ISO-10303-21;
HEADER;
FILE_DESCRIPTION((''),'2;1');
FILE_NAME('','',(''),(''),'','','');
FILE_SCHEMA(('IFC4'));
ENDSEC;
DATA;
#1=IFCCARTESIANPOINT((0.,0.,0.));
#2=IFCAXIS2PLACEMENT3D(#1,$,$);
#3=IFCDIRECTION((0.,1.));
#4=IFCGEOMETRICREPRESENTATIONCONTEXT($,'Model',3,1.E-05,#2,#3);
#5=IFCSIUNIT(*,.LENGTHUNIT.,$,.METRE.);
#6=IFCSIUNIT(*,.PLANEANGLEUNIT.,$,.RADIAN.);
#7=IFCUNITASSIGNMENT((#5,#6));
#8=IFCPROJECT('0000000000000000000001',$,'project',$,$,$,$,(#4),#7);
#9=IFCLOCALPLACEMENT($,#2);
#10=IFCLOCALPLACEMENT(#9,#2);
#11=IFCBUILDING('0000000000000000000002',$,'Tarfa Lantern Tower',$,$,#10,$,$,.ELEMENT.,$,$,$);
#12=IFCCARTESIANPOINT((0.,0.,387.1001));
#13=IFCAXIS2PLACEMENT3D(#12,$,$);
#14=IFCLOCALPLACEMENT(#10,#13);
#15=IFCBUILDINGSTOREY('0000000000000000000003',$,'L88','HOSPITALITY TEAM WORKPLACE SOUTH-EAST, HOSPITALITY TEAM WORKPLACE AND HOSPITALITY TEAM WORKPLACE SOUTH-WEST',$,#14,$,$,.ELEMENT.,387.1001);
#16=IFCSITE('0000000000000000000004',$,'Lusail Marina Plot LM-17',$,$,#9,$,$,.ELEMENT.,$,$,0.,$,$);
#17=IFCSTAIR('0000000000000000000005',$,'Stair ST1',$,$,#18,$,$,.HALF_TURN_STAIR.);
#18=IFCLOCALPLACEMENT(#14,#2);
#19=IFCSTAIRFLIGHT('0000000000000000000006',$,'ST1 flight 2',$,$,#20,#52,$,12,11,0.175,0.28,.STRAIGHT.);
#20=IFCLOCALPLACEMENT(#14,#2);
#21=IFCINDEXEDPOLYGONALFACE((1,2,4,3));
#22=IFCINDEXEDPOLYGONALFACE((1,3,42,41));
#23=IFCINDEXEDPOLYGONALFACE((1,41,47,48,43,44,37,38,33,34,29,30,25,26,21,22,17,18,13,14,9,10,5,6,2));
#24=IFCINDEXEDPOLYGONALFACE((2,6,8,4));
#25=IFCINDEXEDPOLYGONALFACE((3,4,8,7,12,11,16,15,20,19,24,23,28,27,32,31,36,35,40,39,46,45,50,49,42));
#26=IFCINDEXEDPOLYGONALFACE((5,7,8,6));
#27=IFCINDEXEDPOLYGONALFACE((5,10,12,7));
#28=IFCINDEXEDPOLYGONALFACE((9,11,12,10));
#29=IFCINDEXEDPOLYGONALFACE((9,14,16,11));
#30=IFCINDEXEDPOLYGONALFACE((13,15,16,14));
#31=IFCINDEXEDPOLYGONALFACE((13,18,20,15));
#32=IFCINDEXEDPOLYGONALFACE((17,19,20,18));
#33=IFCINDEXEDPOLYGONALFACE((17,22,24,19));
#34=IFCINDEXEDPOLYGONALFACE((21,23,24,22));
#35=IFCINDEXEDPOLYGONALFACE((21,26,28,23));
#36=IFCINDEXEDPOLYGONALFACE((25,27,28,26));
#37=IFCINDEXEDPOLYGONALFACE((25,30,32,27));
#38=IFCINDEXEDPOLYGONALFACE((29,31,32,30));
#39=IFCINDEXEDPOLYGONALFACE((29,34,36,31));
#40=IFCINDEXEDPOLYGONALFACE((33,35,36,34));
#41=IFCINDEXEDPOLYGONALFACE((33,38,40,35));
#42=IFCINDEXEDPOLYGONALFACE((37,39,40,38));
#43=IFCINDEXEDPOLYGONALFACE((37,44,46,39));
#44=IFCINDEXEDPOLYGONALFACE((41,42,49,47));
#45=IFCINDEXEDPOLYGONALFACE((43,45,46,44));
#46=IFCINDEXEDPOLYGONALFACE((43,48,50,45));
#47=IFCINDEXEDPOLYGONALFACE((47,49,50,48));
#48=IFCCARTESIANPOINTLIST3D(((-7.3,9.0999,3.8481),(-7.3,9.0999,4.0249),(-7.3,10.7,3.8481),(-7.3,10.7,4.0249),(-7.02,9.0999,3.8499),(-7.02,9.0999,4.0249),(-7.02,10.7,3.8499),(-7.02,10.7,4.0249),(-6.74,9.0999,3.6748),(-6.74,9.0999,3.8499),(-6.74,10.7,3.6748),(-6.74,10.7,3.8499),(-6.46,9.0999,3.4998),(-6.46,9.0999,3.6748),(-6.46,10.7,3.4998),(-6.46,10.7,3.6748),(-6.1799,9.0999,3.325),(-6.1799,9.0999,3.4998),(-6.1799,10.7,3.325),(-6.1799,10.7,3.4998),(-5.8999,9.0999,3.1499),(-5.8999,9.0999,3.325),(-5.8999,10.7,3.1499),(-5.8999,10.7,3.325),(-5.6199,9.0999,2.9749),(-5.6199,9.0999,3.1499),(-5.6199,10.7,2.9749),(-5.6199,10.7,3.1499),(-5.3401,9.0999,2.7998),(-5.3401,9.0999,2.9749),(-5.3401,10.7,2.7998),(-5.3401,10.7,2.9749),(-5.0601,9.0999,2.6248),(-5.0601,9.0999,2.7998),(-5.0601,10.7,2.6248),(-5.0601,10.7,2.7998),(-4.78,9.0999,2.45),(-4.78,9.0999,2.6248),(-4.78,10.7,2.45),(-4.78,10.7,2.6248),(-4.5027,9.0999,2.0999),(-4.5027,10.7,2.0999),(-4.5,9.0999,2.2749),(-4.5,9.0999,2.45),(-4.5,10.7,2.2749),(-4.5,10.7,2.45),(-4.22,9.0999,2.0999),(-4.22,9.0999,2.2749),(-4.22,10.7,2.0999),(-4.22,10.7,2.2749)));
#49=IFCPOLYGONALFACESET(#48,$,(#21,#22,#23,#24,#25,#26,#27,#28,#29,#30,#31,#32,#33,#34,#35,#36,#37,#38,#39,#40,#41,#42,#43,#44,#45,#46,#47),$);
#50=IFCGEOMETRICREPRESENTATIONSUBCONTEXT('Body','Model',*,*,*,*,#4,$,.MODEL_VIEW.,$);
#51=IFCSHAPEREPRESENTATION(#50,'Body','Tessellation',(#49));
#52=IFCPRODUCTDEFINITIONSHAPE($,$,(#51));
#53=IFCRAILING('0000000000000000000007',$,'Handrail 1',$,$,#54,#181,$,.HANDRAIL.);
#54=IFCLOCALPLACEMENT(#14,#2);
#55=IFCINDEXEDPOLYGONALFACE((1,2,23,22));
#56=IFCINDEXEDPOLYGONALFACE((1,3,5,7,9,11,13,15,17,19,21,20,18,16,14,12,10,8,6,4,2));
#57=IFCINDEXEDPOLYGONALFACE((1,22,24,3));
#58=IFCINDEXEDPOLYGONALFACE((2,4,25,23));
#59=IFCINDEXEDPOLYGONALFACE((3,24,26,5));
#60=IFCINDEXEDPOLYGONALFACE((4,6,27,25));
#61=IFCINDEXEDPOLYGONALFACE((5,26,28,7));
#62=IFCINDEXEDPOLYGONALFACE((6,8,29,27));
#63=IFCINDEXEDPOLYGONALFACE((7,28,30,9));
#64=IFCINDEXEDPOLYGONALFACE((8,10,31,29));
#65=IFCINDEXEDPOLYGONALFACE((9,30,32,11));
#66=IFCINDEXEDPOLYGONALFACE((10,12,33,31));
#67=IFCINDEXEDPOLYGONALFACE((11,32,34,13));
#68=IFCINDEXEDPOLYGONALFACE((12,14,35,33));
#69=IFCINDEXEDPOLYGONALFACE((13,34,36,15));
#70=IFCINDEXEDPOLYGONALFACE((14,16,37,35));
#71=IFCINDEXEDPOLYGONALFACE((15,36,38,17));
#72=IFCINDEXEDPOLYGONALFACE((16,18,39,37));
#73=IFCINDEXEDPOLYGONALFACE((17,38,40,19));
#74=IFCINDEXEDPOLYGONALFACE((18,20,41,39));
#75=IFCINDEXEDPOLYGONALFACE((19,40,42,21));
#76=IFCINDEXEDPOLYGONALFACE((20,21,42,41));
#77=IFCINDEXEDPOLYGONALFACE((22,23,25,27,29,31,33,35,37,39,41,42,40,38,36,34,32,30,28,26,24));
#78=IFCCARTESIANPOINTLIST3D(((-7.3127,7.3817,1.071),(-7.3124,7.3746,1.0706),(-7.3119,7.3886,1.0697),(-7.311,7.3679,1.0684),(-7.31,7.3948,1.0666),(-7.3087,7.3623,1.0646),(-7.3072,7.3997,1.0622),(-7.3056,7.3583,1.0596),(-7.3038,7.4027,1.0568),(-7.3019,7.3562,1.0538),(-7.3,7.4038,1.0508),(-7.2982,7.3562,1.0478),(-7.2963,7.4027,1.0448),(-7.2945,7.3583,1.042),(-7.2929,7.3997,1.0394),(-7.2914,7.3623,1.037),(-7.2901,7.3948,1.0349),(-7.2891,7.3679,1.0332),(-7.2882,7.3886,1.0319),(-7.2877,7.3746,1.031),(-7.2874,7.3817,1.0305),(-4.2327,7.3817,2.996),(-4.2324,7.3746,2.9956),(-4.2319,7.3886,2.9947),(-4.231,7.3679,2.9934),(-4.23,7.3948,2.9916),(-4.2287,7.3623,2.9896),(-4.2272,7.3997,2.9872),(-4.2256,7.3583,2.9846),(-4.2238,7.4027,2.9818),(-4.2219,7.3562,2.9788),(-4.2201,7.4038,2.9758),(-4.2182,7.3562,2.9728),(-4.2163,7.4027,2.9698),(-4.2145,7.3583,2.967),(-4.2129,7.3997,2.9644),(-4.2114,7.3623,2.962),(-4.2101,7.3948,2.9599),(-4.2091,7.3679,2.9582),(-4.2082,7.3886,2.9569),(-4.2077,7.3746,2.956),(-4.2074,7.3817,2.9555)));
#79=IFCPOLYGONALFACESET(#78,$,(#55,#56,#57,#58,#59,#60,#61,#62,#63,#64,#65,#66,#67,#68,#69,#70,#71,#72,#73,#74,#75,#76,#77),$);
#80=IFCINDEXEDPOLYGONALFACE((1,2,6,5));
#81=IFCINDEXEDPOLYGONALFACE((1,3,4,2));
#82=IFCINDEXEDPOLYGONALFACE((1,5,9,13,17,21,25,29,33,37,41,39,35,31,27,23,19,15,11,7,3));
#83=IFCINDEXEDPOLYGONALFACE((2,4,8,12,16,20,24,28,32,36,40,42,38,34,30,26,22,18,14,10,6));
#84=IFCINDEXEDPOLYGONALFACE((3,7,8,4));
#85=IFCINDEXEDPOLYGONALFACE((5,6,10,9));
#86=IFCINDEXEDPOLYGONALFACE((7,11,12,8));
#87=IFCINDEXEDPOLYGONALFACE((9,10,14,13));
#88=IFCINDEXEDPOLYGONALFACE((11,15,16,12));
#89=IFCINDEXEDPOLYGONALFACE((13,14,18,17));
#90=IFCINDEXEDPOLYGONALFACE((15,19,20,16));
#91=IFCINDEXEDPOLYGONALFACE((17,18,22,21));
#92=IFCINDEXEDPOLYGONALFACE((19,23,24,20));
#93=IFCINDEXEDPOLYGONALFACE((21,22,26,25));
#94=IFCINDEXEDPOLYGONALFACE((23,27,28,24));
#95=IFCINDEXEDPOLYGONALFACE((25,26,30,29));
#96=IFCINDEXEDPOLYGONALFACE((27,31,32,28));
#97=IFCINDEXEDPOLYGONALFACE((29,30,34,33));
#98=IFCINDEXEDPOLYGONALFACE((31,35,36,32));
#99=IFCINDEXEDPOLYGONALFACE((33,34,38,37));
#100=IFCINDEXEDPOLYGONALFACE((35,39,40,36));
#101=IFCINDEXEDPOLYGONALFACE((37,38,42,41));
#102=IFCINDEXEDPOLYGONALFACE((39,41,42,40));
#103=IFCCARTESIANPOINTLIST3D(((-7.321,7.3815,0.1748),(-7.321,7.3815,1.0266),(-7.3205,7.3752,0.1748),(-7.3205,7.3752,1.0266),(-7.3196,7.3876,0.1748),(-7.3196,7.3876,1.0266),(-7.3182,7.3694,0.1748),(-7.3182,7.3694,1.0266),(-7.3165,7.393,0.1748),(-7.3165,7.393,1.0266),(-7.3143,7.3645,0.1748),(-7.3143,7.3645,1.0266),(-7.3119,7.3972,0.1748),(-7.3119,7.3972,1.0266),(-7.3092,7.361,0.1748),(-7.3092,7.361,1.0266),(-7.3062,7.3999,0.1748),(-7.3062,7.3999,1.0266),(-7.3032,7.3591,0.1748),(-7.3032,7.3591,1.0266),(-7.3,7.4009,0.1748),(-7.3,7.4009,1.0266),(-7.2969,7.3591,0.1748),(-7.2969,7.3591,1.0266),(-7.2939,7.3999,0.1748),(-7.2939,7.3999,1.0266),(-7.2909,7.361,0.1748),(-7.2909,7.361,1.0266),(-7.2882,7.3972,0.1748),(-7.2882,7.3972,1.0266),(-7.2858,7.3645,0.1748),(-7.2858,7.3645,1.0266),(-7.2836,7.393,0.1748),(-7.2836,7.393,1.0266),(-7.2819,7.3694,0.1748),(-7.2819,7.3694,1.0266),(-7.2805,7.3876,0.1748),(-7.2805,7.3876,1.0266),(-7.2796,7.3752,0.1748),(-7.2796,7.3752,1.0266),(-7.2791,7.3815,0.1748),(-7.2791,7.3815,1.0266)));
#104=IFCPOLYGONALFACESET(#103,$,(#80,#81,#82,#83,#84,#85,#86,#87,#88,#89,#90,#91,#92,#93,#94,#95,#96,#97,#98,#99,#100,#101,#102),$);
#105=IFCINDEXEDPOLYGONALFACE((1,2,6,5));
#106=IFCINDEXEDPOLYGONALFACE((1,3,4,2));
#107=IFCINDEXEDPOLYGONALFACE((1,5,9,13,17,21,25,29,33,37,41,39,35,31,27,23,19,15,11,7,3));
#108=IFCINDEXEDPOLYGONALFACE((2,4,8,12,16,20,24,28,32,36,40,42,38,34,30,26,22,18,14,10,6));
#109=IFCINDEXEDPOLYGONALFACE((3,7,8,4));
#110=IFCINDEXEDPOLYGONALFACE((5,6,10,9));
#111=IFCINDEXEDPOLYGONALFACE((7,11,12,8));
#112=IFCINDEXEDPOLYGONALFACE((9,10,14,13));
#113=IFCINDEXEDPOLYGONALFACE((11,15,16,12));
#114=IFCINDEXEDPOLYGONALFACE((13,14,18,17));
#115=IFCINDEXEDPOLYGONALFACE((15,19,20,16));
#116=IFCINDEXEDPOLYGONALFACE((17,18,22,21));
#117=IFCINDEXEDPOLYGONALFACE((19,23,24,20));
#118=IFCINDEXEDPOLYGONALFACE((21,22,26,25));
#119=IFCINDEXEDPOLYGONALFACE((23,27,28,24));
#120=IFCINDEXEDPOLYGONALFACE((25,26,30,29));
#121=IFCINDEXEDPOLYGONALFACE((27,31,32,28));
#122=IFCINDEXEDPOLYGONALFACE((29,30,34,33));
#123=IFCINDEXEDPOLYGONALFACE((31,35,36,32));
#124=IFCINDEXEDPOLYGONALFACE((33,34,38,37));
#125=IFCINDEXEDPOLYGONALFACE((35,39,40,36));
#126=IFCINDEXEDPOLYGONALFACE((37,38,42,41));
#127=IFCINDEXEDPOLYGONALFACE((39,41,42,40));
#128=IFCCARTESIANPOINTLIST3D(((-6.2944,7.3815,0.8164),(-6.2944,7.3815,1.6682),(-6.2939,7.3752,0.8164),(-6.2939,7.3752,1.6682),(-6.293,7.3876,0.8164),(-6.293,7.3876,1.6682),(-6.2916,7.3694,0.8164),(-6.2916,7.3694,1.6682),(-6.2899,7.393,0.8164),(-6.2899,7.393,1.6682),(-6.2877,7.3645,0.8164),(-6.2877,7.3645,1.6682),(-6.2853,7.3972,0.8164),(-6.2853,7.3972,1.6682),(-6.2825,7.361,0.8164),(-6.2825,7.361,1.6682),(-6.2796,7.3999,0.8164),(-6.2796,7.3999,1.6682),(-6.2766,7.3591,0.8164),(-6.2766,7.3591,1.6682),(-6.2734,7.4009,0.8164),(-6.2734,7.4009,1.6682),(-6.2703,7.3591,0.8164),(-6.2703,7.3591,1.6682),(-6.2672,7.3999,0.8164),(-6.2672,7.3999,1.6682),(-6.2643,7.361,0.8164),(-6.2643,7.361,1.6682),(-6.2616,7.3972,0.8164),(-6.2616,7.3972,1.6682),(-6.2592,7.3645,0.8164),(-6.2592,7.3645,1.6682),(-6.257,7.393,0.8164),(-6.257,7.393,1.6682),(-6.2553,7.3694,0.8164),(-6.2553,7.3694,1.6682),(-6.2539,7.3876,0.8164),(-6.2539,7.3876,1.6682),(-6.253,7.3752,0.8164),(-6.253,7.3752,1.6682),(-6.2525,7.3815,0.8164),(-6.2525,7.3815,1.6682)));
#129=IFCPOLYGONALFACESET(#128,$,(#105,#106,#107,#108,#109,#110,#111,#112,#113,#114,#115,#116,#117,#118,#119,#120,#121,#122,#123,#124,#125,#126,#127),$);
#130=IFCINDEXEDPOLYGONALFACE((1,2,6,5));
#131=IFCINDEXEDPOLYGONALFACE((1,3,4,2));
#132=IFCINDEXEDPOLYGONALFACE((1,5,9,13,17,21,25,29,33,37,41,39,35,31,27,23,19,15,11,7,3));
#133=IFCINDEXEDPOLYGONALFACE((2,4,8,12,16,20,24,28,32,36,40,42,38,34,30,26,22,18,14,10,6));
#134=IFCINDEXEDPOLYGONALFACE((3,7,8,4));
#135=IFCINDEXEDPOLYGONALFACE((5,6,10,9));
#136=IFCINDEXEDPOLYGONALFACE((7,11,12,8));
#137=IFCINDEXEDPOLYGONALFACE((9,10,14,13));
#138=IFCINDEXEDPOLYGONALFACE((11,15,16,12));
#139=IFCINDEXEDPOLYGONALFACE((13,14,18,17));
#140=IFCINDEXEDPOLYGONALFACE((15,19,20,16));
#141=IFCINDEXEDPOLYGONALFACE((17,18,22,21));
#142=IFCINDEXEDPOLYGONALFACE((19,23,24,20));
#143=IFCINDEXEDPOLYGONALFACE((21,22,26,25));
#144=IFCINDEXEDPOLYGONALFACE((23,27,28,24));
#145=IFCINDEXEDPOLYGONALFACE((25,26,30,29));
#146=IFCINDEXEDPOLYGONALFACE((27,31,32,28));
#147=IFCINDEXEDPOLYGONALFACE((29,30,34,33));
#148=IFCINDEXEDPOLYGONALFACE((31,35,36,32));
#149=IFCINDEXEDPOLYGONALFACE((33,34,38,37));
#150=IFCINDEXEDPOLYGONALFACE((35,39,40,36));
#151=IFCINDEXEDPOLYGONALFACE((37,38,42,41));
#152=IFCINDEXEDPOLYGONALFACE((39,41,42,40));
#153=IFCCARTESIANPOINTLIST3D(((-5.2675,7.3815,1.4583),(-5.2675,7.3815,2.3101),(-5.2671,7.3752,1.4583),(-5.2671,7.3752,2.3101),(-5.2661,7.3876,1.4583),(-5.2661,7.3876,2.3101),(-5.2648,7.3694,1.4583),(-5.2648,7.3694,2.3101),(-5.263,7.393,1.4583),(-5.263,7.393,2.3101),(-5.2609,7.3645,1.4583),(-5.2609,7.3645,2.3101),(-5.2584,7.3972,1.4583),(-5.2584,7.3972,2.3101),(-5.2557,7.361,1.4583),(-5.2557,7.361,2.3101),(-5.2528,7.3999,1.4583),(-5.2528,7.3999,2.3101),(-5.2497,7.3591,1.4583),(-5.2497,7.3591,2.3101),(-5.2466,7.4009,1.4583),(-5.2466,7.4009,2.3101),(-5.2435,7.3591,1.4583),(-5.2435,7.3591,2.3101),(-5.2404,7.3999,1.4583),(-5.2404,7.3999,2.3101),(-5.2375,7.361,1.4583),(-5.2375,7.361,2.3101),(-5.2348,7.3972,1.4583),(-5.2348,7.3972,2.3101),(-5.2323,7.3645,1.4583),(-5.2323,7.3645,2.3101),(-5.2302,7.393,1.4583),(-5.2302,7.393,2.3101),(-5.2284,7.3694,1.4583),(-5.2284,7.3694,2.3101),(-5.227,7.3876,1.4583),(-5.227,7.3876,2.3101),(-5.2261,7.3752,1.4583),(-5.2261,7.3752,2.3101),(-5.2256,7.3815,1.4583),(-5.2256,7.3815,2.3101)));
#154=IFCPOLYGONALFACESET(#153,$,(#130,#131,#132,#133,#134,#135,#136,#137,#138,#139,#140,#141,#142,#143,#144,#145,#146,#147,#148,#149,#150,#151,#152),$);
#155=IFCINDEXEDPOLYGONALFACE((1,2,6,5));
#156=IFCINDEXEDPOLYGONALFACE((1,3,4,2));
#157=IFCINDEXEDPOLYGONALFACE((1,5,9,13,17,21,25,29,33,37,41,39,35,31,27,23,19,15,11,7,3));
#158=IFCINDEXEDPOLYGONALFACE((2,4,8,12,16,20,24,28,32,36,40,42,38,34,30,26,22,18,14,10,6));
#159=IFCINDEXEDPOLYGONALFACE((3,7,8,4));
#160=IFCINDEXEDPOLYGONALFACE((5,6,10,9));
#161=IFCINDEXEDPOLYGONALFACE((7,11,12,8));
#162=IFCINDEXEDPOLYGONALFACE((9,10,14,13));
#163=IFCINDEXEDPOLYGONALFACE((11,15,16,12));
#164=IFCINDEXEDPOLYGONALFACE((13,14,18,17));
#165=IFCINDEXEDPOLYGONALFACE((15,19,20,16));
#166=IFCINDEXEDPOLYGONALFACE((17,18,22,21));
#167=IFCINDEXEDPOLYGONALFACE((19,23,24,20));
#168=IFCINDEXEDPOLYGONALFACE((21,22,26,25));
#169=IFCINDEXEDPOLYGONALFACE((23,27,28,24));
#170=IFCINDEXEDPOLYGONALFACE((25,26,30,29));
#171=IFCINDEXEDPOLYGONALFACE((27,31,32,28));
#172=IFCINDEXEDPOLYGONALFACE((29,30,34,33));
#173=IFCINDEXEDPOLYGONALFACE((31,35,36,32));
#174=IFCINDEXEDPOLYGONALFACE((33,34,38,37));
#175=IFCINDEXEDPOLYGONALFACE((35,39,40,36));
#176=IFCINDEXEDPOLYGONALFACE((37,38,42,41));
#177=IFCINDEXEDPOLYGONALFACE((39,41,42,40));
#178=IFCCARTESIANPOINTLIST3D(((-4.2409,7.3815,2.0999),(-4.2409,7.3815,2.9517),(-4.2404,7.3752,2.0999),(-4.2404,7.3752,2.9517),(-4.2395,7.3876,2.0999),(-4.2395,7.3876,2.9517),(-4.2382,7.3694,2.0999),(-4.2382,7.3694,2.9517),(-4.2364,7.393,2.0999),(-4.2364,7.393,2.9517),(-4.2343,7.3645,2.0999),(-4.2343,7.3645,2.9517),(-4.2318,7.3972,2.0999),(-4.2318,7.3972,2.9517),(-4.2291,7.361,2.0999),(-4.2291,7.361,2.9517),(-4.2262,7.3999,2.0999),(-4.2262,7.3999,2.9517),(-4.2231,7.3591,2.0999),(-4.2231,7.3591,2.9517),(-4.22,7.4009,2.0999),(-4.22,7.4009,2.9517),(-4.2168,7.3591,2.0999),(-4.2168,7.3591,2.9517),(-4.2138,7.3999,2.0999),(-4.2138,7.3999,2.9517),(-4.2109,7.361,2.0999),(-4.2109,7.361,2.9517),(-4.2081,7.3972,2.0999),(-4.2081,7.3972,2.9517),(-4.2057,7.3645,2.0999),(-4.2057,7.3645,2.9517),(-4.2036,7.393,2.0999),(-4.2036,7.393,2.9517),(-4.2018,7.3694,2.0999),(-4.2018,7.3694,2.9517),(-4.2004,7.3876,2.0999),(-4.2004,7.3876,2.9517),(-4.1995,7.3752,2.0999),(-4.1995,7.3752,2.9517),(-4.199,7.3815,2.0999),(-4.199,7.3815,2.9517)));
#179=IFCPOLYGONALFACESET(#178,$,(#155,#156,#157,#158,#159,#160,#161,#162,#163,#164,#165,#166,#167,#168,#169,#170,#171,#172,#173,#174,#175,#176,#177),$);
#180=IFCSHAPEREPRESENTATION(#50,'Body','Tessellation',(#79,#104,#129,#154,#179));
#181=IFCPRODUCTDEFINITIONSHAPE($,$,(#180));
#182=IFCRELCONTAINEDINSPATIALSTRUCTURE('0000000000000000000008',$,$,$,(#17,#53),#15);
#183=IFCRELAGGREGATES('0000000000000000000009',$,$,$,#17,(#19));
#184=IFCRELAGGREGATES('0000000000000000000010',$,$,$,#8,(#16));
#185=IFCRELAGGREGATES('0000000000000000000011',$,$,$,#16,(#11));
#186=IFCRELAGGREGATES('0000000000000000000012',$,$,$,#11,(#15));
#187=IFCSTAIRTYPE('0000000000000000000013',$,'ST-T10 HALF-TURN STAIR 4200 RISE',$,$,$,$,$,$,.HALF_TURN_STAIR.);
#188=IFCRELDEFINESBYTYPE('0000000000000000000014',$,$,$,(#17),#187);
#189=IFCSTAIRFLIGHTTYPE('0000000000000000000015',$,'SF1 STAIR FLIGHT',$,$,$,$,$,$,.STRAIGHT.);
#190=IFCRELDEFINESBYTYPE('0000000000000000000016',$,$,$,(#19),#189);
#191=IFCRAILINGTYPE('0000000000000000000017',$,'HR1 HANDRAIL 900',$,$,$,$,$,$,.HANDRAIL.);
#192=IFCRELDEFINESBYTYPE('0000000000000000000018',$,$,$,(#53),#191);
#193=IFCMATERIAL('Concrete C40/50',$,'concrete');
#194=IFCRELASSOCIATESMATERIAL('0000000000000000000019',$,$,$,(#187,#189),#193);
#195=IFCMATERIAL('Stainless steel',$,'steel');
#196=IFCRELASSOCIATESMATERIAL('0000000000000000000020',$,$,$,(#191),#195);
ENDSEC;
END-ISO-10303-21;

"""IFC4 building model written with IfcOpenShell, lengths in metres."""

from ifc_helpers import new_model, si_unit, direction, frame, origin, origin_2d, place, context, subcontext, project, spatial, polyline, circle, outline, extrude, material, type_object, element, aggregate, save


model = new_model("IFC4")

# Units and contexts
model_context = context("Model", 3, precision=1e-05, world=origin(), true_north=direction((0.0, 1.0)))
body_context = subcontext(model_context, "Body", "Model", "MODEL_VIEW")
ifc_project = project(units=[si_unit("LENGTHUNIT", "METRE"), si_unit("PLANEANGLEUNIT", "RADIAN")], contexts=[model_context])

# Site, building, storey
site_placement = place(None, origin())
site = spatial("IfcSite", under=ifc_project, at=site_placement, Name="Lusail Marina Plot LM-17", CompositionType="ELEMENT", RefElevation=0.0)
building_placement = place(site_placement, origin())
building = spatial("IfcBuilding", under=site, at=building_placement, Name="Tarfa Lantern Tower", CompositionType="ELEMENT")
storey_placement = place(building_placement, frame((0.0, 0.0, 387.1001)))
storey = spatial("IfcBuildingStorey", under=building, at=storey_placement, Name="L88", Description="HOSPITALITY TEAM WORKPLACE SOUTH-EAST, HOSPITALITY TEAM WORKPLACE AND HOSPITALITY TEAM WORKPLACE SOUTH-WEST", CompositionType="ELEMENT", Elevation=387.1001)

# Stair, stair flight
ifc_material_1 = material(Name="Concrete C40/50", Category="concrete")
stair_type = type_object("IfcStairType", Name="ST-T10 HALF-TURN STAIR 4200 RISE", PredefinedType="HALF_TURN_STAIR", material=ifc_material_1)
stair_placement = place(storey_placement, origin())
stair = element("IfcStair", 1, at=stair_placement, inside=storey, type_object=stair_type, Name="Stair ST1", PredefinedType="HALF_TURN_STAIR")
stair_flight_type = type_object("IfcStairFlightType", Name="SF1 STAIR FLIGHT", PredefinedType="STRAIGHT", material=ifc_material_1)
stair_flight_1_placement = place(storey_placement, frame((-4.22, 9.8999, 2.0999), z_axis=(0.0, 0.0, 1.0), x_axis=(-1.0, 0.0, 0.0)))
stair_flight_1 = element("IfcStairFlight", 2, at=stair_flight_1_placement, type_object=stair_flight_type, Name="ST1 flight 2", NumberOfRisers=12, NumberOfTreads=11, PredefinedType="STRAIGHT", RiserHeight=0.175, TreadLength=0.28, context=body_context, shape_type="SweptSolid", body=[
    extrude(outline(polyline([(0.0, 0.0), (0.0, 0.175), (0.28, 0.175), (0.28, 0.3501), (0.5601, 0.3501), (0.5601, 0.5249), (0.8401, 0.5249), (0.8401, 0.7), (1.1201, 0.7), (1.1201, 0.875), (1.3999, 0.875), (1.3999, 1.05), (1.6799, 1.05), (1.6799, 1.2251), (1.96, 1.2251), (1.96, 1.3999), (2.24, 1.3999), (2.24, 1.575), (2.52, 1.575), (2.52, 1.75), (2.8, 1.75), (2.8, 1.925), (3.0801, 1.925), (3.0801, 2.1001), (3.0801, 1.7483), (0.2827, 0.0), (0.0, 0.0)])), frame((0.0, 0.8, 0.0), z_axis=(0.0, -1.0, 0.0), x_axis=(1.0, 0.0, 0.0)), (0.0, 0.0, 1.0), 1.6001),
])
aggregate(stair, [stair_flight_1])

# Railing
ifc_material_2 = material(Name="Stainless steel", Category="steel")
railing_type = type_object("IfcRailingType", Name="HR1 HANDRAIL 900", PredefinedType="HANDRAIL", material=ifc_material_2)
railing_1_placement = place(storey_placement, frame((-7.3, 7.3799, 0.1748)))
element("IfcRailing", 3, at=railing_1_placement, inside=storey, type_object=railing_type, Name="Handrail 1", PredefinedType="HANDRAIL", context=body_context, shape_type="SweptSolid", body=[
    extrude(circle(Radius=0.0239, at=origin_2d()), frame((0.0, 0.0, 0.876), z_axis=(0.847998, 0.0, 0.529999), x_axis=(0.0, 1.0, 0.0)), (0.0, 0.0, 1.0), 3.6321),
    extrude(circle(Radius=0.021, at=origin_2d()), frame((0.0, 0.0, 0.0), z_axis=(0.0, 0.0, 1.0), x_axis=(0.0, 1.0, 0.0)), (0.0, 0.0, 1.0), 0.8518),
    extrude(circle(Radius=0.021, at=origin_2d()), frame((1.0266, 0.0, 0.6416), z_axis=(0.0, 0.0, 1.0), x_axis=(0.0, 1.0, 0.0)), (0.0, 0.0, 1.0), 0.8518),
    extrude(circle(Radius=0.021, at=origin_2d()), frame((2.0535, 0.0, 1.2834), z_axis=(0.0, 0.0, 1.0), x_axis=(0.0, 1.0, 0.0)), (0.0, 0.0, 1.0), 0.8518),
    extrude(circle(Radius=0.021, at=origin_2d()), frame((3.0801, 0.0, 1.925), z_axis=(0.0, 0.0, 1.0), x_axis=(0.0, 1.0, 0.0)), (0.0, 0.0, 1.0), 0.8518),
])

save(model, "model.ifc")
